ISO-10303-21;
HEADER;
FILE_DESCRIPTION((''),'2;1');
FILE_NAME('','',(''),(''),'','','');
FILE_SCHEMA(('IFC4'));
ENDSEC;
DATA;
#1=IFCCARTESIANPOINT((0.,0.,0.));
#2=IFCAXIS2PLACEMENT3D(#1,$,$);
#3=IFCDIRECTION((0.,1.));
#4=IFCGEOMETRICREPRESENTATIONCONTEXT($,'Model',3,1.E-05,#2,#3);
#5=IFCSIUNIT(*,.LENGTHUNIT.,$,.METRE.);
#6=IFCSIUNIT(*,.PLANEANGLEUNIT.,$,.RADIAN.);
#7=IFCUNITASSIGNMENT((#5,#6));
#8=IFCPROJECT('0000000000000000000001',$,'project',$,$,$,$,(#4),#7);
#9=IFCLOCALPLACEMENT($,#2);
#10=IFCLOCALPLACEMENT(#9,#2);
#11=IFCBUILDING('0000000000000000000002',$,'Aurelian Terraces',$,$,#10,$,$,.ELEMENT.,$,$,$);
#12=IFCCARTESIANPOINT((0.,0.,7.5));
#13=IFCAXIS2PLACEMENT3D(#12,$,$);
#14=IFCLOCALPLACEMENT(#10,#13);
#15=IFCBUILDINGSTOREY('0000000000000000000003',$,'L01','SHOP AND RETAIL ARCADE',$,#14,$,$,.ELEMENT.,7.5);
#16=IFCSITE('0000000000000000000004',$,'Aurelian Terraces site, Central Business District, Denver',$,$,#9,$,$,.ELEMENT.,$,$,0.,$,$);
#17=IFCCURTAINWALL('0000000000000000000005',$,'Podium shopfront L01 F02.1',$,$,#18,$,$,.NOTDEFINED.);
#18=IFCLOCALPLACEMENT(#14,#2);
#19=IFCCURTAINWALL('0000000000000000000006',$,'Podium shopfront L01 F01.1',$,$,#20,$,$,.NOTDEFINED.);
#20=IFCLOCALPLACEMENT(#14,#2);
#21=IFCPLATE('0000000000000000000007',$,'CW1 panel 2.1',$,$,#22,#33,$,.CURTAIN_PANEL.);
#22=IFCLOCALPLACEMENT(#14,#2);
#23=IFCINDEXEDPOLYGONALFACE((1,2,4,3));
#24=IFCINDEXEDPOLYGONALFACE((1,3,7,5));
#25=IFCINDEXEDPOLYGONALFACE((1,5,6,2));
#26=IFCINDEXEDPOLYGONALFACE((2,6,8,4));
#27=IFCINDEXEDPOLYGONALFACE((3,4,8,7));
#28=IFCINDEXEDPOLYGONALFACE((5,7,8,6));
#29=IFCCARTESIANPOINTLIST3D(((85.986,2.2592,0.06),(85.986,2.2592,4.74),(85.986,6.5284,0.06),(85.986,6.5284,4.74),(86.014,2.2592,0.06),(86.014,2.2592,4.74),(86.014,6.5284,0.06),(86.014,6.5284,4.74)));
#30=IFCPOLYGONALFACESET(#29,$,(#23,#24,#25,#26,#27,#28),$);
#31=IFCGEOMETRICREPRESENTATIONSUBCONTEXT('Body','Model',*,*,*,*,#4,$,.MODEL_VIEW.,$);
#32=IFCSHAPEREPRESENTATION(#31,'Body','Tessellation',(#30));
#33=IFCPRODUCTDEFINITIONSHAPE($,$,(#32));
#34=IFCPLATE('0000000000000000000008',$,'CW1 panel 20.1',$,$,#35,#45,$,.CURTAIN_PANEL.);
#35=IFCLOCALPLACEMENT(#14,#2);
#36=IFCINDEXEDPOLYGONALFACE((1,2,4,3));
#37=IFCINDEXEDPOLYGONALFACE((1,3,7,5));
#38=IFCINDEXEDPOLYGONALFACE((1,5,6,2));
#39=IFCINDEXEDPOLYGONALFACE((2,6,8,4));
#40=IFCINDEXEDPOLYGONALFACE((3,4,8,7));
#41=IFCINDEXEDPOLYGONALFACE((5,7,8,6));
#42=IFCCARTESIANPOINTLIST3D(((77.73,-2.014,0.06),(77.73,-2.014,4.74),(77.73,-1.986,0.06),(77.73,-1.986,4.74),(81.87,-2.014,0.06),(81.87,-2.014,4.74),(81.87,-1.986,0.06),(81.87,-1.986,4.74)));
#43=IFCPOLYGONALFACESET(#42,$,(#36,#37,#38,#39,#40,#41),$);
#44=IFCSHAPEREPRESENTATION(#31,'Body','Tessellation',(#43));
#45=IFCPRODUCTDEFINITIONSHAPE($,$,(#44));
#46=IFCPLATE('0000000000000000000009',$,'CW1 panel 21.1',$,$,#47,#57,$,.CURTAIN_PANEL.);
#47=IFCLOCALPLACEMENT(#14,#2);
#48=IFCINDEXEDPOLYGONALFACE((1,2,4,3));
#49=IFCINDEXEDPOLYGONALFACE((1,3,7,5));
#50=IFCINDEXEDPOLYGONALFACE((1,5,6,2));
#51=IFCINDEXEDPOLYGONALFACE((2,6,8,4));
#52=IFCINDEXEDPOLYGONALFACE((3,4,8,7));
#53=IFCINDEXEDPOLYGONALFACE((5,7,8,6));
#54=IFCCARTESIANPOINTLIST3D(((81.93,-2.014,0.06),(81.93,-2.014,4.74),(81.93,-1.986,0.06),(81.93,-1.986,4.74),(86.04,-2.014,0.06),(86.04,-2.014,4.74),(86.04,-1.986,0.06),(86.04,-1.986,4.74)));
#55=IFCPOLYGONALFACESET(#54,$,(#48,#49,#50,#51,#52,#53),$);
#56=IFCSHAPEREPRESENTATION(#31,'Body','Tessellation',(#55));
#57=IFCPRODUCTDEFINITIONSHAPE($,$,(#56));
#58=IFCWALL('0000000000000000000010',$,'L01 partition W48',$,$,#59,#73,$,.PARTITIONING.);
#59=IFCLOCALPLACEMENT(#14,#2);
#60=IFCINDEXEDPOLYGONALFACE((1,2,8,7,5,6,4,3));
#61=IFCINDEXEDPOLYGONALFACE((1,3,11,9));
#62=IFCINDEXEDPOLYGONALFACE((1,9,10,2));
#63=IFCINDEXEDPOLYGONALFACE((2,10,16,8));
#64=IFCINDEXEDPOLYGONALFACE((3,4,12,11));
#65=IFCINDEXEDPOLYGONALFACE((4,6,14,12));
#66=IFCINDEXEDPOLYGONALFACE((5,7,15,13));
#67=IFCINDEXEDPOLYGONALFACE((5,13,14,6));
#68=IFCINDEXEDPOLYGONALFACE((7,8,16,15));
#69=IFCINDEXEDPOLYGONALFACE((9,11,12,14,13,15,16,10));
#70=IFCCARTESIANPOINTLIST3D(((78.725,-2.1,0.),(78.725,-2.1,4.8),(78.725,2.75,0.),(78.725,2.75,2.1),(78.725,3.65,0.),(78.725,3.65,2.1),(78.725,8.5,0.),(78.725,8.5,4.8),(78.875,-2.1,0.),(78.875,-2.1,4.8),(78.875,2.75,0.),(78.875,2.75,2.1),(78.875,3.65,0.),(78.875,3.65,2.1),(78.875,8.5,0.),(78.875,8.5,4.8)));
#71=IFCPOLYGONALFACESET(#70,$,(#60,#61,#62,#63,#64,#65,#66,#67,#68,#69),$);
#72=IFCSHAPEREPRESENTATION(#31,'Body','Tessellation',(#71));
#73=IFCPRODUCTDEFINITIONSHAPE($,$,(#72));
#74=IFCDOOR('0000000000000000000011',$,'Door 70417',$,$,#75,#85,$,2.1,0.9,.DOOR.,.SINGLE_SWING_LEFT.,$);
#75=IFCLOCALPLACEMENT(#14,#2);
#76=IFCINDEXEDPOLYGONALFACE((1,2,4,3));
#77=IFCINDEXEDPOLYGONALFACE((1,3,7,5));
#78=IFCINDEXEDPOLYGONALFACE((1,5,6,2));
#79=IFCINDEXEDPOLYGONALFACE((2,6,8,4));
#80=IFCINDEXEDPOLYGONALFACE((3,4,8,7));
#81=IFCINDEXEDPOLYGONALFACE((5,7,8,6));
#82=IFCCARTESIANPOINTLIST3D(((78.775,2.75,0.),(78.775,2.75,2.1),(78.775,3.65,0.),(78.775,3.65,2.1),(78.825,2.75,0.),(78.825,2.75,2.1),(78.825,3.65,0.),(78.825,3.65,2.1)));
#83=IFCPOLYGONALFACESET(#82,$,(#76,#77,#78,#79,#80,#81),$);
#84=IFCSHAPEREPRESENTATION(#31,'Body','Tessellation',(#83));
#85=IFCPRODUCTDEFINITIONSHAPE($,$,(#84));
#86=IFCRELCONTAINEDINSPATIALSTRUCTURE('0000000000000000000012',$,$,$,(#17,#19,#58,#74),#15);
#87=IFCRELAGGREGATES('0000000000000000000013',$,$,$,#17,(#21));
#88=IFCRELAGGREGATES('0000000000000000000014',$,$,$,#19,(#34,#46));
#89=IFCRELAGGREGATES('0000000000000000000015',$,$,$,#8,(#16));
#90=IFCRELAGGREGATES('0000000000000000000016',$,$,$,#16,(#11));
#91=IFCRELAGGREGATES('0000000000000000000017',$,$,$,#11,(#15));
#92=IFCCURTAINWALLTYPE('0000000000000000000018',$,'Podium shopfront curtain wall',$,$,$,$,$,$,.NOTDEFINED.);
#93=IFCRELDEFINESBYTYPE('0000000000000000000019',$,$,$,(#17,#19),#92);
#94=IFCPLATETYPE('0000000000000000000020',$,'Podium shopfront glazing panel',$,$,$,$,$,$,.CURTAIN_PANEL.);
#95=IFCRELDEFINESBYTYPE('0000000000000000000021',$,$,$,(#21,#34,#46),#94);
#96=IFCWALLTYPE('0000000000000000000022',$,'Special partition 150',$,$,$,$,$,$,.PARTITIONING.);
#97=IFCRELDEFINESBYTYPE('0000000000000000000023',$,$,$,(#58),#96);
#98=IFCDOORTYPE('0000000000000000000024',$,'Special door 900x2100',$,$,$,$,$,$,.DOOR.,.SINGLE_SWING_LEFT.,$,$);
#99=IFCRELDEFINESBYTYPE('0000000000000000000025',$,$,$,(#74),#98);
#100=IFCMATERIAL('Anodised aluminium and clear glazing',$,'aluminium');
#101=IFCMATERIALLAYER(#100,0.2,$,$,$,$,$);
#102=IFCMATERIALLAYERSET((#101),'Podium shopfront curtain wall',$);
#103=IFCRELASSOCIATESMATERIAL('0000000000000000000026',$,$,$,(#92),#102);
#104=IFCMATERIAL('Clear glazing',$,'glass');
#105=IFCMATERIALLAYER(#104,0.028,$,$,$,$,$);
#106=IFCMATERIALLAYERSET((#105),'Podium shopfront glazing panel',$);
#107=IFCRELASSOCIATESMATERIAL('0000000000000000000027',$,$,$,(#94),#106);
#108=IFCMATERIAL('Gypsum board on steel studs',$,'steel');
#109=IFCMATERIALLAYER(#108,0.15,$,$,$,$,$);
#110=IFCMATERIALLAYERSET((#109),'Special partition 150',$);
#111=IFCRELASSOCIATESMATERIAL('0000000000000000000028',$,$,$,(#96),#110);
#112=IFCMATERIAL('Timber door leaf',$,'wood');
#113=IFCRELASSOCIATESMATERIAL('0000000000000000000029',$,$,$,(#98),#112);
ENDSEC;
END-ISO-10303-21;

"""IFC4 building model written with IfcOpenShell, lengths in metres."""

from ifc_helpers import new_model, si_unit, direction, frame, frame_2d, origin, origin_2d, place, context, subcontext, project, spatial, rectangle, extrude, source, transform, mapped, material, layer, layer_set, type_object, element, fill, aggregate, save


model = new_model("IFC4")

# Units and contexts
model_context = context("Model", 3, precision=1e-05, world=origin(), true_north=direction((0.0, 1.0)))
body_context = subcontext(model_context, "Body", "Model", "MODEL_VIEW")
ifc_project = project(units=[si_unit("LENGTHUNIT", "METRE"), si_unit("PLANEANGLEUNIT", "RADIAN")], contexts=[model_context])

# Site, building, storey
site_placement = place(None, origin())
site = spatial("IfcSite", under=ifc_project, at=site_placement, Name="Aurelian Terraces site, Central Business District, Denver", CompositionType="ELEMENT", RefElevation=0.0)
building_placement = place(site_placement, origin())
building = spatial("IfcBuilding", under=site, at=building_placement, Name="Aurelian Terraces", CompositionType="ELEMENT")
storey_placement = place(building_placement, frame((0.0, 0.0, 7.5)))
storey = spatial("IfcBuildingStorey", under=building, at=storey_placement, Name="L01", Description="SHOP AND RETAIL ARCADE", CompositionType="ELEMENT", Elevation=7.5)

# Curtain walls
ifc_material_1 = material(Name="Anodised aluminium and clear glazing", Category="aluminium")
ifc_layer_1 = layer(ifc_material_1, 0.2)
ifc_layer_set_1 = layer_set([ifc_layer_1], Name="Podium shopfront curtain wall")
curtain_wall_type = type_object("IfcCurtainWallType", Name="Podium shopfront curtain wall", PredefinedType="NOTDEFINED", material=ifc_layer_set_1)
curtain_wall_1_placement = place(storey_placement, origin())
curtain_wall_1 = element("IfcCurtainWall", 1, at=curtain_wall_1_placement, inside=storey, type_object=curtain_wall_type, Name="Podium shopfront L01 F02.1", PredefinedType="NOTDEFINED")
curtain_wall_2_placement = place(storey_placement, origin())
curtain_wall_2 = element("IfcCurtainWall", 2, at=curtain_wall_2_placement, inside=storey, type_object=curtain_wall_type, Name="Podium shopfront L01 F01.1", PredefinedType="NOTDEFINED")

# Plates
ifc_material_2 = material(Name="Clear glazing", Category="glass")
ifc_layer_2 = layer(ifc_material_2, 0.028)
ifc_layer_set_2 = layer_set([ifc_layer_2], Name="Podium shopfront glazing panel")
plate_type = type_object("IfcPlateType", Name="Podium shopfront glazing panel", PredefinedType="CURTAIN_PANEL", material=ifc_layer_set_2)
plate_1_placement = place(storey_placement, frame((86.0, 4.3938, 0.06), z_axis=(0.0, 0.0, 1.0), x_axis=(0.0, 1.0, 0.0)))
plate_1 = element("IfcPlate", 3, at=plate_1_placement, type_object=plate_type, Name="CW1 panel 2.1", PredefinedType="CURTAIN_PANEL", context=body_context, shape_type="SweptSolid", body=[
    extrude(rectangle(XDim=4.2692, YDim=0.028, at=origin_2d()), origin(), (0.0, 0.0, 1.0), 4.68),
])
aggregate(curtain_wall_1, [plate_1])
shared_shape_1 = source(origin(), body_context, "Body", "SweptSolid", [
    extrude(rectangle(XDim=4.14, YDim=0.028, at=origin_2d()), origin(), (0.0, 0.0, 1.0), 4.68),
])
plate_2_placement = place(storey_placement, frame((79.8, -2.0, 0.06), z_axis=(0.0, 0.0, 1.0), x_axis=(1.0, 0.0, 0.0)))
plate_2 = element("IfcPlate", 4, at=plate_2_placement, type_object=plate_type, Name="CW1 panel 20.1", PredefinedType="CURTAIN_PANEL", context=body_context, shape_type="MappedRepresentation", body=[
    mapped(shared_shape_1, transform((0.0, 0.0, 0.0), scale=1.0)),
])
shared_shape_2 = source(origin(), body_context, "Body", "SweptSolid", [
    extrude(rectangle(XDim=4.11, YDim=0.028, at=origin_2d()), origin(), (0.0, 0.0, 1.0), 4.68),
])
plate_3_placement = place(storey_placement, frame((83.985, -2.0, 0.06), z_axis=(0.0, 0.0, 1.0), x_axis=(1.0, 0.0, 0.0)))
plate_3 = element("IfcPlate", 5, at=plate_3_placement, type_object=plate_type, Name="CW1 panel 21.1", PredefinedType="CURTAIN_PANEL", context=body_context, shape_type="MappedRepresentation", body=[
    mapped(shared_shape_2, transform((0.0, 0.0, 0.0), scale=1.0)),
])
aggregate(curtain_wall_2, [plate_2, plate_3])

# Wall, opening, door
ifc_material_3 = material(Name="Gypsum board on steel studs", Category="steel")
ifc_layer_3 = layer(ifc_material_3, 0.15)
ifc_layer_set_3 = layer_set([ifc_layer_3], Name="Special partition 150")
wall_type = type_object("IfcWallType", Name="Special partition 150", PredefinedType="PARTITIONING", material=ifc_layer_set_3)
shared_shape_3 = source(origin(), body_context, "Body", "SweptSolid", [
    extrude(rectangle(XDim=10.6, YDim=0.15, at=frame_2d((5.3, 0.0))), origin(), (0.0, 0.0, 1.0), 4.8),
])
wall_placement = place(storey_placement, frame((78.8, -2.1, 0.0), z_axis=(0.0, 0.0, 1.0), x_axis=(0.0, 1.0, 0.0)))
wall = element("IfcWall", 6, at=wall_placement, inside=storey, type_object=wall_type, Name="L01 partition W48", PredefinedType="PARTITIONING", context=body_context, shape_type="MappedRepresentation", body=[
    mapped(shared_shape_3, transform((0.0, 0.0, 0.0), scale=1.0)),
])
shared_shape_4 = source(origin(), body_context, "Body", "SweptSolid", [
    extrude(rectangle(XDim=0.9, YDim=2.1, at=frame_2d((0.45, 1.05))), frame((0.0, 0.085, 0.0), z_axis=(0.0, -1.0, 0.0), x_axis=(1.0, 0.0, 0.0)), (0.0, 0.0, 1.0), 0.17),
])
opening_placement = place(wall_placement, frame((4.85, 0.0, 0.0)))
opening = element("IfcOpeningElement", 7, at=opening_placement, cuts=wall, PredefinedType="OPENING", context=body_context, shape_type="MappedRepresentation", body=[
    mapped(shared_shape_4, transform((0.0, 0.0, 0.0), scale=1.0)),
])
ifc_material_4 = material(Name="Timber door leaf", Category="wood")
door_type = type_object("IfcDoorType", Name="Special door 900x2100", OperationType="SINGLE_SWING_LEFT", PredefinedType="DOOR", material=ifc_material_4)
shared_shape_5 = source(origin(), body_context, "Body", "SweptSolid", [
    extrude(rectangle(XDim=0.9, YDim=2.1, at=frame_2d((0.45, 1.05))), frame((0.0, 0.025, 0.0), z_axis=(0.0, -1.0, 0.0), x_axis=(1.0, 0.0, 0.0)), (0.0, 0.0, 1.0), 0.05),
])
door_placement = place(opening_placement, origin())
door = element("IfcDoor", 8, at=door_placement, inside=storey, type_object=door_type, Name="Door 70417", OperationType="SINGLE_SWING_LEFT", OverallHeight=2.1, OverallWidth=0.9, PredefinedType="DOOR", context=body_context, shape_type="MappedRepresentation", body=[
    mapped(shared_shape_5, transform((0.0, 0.0, 0.0), scale=1.0)),
])
fill(opening, door)

save(model, "model.ifc")
